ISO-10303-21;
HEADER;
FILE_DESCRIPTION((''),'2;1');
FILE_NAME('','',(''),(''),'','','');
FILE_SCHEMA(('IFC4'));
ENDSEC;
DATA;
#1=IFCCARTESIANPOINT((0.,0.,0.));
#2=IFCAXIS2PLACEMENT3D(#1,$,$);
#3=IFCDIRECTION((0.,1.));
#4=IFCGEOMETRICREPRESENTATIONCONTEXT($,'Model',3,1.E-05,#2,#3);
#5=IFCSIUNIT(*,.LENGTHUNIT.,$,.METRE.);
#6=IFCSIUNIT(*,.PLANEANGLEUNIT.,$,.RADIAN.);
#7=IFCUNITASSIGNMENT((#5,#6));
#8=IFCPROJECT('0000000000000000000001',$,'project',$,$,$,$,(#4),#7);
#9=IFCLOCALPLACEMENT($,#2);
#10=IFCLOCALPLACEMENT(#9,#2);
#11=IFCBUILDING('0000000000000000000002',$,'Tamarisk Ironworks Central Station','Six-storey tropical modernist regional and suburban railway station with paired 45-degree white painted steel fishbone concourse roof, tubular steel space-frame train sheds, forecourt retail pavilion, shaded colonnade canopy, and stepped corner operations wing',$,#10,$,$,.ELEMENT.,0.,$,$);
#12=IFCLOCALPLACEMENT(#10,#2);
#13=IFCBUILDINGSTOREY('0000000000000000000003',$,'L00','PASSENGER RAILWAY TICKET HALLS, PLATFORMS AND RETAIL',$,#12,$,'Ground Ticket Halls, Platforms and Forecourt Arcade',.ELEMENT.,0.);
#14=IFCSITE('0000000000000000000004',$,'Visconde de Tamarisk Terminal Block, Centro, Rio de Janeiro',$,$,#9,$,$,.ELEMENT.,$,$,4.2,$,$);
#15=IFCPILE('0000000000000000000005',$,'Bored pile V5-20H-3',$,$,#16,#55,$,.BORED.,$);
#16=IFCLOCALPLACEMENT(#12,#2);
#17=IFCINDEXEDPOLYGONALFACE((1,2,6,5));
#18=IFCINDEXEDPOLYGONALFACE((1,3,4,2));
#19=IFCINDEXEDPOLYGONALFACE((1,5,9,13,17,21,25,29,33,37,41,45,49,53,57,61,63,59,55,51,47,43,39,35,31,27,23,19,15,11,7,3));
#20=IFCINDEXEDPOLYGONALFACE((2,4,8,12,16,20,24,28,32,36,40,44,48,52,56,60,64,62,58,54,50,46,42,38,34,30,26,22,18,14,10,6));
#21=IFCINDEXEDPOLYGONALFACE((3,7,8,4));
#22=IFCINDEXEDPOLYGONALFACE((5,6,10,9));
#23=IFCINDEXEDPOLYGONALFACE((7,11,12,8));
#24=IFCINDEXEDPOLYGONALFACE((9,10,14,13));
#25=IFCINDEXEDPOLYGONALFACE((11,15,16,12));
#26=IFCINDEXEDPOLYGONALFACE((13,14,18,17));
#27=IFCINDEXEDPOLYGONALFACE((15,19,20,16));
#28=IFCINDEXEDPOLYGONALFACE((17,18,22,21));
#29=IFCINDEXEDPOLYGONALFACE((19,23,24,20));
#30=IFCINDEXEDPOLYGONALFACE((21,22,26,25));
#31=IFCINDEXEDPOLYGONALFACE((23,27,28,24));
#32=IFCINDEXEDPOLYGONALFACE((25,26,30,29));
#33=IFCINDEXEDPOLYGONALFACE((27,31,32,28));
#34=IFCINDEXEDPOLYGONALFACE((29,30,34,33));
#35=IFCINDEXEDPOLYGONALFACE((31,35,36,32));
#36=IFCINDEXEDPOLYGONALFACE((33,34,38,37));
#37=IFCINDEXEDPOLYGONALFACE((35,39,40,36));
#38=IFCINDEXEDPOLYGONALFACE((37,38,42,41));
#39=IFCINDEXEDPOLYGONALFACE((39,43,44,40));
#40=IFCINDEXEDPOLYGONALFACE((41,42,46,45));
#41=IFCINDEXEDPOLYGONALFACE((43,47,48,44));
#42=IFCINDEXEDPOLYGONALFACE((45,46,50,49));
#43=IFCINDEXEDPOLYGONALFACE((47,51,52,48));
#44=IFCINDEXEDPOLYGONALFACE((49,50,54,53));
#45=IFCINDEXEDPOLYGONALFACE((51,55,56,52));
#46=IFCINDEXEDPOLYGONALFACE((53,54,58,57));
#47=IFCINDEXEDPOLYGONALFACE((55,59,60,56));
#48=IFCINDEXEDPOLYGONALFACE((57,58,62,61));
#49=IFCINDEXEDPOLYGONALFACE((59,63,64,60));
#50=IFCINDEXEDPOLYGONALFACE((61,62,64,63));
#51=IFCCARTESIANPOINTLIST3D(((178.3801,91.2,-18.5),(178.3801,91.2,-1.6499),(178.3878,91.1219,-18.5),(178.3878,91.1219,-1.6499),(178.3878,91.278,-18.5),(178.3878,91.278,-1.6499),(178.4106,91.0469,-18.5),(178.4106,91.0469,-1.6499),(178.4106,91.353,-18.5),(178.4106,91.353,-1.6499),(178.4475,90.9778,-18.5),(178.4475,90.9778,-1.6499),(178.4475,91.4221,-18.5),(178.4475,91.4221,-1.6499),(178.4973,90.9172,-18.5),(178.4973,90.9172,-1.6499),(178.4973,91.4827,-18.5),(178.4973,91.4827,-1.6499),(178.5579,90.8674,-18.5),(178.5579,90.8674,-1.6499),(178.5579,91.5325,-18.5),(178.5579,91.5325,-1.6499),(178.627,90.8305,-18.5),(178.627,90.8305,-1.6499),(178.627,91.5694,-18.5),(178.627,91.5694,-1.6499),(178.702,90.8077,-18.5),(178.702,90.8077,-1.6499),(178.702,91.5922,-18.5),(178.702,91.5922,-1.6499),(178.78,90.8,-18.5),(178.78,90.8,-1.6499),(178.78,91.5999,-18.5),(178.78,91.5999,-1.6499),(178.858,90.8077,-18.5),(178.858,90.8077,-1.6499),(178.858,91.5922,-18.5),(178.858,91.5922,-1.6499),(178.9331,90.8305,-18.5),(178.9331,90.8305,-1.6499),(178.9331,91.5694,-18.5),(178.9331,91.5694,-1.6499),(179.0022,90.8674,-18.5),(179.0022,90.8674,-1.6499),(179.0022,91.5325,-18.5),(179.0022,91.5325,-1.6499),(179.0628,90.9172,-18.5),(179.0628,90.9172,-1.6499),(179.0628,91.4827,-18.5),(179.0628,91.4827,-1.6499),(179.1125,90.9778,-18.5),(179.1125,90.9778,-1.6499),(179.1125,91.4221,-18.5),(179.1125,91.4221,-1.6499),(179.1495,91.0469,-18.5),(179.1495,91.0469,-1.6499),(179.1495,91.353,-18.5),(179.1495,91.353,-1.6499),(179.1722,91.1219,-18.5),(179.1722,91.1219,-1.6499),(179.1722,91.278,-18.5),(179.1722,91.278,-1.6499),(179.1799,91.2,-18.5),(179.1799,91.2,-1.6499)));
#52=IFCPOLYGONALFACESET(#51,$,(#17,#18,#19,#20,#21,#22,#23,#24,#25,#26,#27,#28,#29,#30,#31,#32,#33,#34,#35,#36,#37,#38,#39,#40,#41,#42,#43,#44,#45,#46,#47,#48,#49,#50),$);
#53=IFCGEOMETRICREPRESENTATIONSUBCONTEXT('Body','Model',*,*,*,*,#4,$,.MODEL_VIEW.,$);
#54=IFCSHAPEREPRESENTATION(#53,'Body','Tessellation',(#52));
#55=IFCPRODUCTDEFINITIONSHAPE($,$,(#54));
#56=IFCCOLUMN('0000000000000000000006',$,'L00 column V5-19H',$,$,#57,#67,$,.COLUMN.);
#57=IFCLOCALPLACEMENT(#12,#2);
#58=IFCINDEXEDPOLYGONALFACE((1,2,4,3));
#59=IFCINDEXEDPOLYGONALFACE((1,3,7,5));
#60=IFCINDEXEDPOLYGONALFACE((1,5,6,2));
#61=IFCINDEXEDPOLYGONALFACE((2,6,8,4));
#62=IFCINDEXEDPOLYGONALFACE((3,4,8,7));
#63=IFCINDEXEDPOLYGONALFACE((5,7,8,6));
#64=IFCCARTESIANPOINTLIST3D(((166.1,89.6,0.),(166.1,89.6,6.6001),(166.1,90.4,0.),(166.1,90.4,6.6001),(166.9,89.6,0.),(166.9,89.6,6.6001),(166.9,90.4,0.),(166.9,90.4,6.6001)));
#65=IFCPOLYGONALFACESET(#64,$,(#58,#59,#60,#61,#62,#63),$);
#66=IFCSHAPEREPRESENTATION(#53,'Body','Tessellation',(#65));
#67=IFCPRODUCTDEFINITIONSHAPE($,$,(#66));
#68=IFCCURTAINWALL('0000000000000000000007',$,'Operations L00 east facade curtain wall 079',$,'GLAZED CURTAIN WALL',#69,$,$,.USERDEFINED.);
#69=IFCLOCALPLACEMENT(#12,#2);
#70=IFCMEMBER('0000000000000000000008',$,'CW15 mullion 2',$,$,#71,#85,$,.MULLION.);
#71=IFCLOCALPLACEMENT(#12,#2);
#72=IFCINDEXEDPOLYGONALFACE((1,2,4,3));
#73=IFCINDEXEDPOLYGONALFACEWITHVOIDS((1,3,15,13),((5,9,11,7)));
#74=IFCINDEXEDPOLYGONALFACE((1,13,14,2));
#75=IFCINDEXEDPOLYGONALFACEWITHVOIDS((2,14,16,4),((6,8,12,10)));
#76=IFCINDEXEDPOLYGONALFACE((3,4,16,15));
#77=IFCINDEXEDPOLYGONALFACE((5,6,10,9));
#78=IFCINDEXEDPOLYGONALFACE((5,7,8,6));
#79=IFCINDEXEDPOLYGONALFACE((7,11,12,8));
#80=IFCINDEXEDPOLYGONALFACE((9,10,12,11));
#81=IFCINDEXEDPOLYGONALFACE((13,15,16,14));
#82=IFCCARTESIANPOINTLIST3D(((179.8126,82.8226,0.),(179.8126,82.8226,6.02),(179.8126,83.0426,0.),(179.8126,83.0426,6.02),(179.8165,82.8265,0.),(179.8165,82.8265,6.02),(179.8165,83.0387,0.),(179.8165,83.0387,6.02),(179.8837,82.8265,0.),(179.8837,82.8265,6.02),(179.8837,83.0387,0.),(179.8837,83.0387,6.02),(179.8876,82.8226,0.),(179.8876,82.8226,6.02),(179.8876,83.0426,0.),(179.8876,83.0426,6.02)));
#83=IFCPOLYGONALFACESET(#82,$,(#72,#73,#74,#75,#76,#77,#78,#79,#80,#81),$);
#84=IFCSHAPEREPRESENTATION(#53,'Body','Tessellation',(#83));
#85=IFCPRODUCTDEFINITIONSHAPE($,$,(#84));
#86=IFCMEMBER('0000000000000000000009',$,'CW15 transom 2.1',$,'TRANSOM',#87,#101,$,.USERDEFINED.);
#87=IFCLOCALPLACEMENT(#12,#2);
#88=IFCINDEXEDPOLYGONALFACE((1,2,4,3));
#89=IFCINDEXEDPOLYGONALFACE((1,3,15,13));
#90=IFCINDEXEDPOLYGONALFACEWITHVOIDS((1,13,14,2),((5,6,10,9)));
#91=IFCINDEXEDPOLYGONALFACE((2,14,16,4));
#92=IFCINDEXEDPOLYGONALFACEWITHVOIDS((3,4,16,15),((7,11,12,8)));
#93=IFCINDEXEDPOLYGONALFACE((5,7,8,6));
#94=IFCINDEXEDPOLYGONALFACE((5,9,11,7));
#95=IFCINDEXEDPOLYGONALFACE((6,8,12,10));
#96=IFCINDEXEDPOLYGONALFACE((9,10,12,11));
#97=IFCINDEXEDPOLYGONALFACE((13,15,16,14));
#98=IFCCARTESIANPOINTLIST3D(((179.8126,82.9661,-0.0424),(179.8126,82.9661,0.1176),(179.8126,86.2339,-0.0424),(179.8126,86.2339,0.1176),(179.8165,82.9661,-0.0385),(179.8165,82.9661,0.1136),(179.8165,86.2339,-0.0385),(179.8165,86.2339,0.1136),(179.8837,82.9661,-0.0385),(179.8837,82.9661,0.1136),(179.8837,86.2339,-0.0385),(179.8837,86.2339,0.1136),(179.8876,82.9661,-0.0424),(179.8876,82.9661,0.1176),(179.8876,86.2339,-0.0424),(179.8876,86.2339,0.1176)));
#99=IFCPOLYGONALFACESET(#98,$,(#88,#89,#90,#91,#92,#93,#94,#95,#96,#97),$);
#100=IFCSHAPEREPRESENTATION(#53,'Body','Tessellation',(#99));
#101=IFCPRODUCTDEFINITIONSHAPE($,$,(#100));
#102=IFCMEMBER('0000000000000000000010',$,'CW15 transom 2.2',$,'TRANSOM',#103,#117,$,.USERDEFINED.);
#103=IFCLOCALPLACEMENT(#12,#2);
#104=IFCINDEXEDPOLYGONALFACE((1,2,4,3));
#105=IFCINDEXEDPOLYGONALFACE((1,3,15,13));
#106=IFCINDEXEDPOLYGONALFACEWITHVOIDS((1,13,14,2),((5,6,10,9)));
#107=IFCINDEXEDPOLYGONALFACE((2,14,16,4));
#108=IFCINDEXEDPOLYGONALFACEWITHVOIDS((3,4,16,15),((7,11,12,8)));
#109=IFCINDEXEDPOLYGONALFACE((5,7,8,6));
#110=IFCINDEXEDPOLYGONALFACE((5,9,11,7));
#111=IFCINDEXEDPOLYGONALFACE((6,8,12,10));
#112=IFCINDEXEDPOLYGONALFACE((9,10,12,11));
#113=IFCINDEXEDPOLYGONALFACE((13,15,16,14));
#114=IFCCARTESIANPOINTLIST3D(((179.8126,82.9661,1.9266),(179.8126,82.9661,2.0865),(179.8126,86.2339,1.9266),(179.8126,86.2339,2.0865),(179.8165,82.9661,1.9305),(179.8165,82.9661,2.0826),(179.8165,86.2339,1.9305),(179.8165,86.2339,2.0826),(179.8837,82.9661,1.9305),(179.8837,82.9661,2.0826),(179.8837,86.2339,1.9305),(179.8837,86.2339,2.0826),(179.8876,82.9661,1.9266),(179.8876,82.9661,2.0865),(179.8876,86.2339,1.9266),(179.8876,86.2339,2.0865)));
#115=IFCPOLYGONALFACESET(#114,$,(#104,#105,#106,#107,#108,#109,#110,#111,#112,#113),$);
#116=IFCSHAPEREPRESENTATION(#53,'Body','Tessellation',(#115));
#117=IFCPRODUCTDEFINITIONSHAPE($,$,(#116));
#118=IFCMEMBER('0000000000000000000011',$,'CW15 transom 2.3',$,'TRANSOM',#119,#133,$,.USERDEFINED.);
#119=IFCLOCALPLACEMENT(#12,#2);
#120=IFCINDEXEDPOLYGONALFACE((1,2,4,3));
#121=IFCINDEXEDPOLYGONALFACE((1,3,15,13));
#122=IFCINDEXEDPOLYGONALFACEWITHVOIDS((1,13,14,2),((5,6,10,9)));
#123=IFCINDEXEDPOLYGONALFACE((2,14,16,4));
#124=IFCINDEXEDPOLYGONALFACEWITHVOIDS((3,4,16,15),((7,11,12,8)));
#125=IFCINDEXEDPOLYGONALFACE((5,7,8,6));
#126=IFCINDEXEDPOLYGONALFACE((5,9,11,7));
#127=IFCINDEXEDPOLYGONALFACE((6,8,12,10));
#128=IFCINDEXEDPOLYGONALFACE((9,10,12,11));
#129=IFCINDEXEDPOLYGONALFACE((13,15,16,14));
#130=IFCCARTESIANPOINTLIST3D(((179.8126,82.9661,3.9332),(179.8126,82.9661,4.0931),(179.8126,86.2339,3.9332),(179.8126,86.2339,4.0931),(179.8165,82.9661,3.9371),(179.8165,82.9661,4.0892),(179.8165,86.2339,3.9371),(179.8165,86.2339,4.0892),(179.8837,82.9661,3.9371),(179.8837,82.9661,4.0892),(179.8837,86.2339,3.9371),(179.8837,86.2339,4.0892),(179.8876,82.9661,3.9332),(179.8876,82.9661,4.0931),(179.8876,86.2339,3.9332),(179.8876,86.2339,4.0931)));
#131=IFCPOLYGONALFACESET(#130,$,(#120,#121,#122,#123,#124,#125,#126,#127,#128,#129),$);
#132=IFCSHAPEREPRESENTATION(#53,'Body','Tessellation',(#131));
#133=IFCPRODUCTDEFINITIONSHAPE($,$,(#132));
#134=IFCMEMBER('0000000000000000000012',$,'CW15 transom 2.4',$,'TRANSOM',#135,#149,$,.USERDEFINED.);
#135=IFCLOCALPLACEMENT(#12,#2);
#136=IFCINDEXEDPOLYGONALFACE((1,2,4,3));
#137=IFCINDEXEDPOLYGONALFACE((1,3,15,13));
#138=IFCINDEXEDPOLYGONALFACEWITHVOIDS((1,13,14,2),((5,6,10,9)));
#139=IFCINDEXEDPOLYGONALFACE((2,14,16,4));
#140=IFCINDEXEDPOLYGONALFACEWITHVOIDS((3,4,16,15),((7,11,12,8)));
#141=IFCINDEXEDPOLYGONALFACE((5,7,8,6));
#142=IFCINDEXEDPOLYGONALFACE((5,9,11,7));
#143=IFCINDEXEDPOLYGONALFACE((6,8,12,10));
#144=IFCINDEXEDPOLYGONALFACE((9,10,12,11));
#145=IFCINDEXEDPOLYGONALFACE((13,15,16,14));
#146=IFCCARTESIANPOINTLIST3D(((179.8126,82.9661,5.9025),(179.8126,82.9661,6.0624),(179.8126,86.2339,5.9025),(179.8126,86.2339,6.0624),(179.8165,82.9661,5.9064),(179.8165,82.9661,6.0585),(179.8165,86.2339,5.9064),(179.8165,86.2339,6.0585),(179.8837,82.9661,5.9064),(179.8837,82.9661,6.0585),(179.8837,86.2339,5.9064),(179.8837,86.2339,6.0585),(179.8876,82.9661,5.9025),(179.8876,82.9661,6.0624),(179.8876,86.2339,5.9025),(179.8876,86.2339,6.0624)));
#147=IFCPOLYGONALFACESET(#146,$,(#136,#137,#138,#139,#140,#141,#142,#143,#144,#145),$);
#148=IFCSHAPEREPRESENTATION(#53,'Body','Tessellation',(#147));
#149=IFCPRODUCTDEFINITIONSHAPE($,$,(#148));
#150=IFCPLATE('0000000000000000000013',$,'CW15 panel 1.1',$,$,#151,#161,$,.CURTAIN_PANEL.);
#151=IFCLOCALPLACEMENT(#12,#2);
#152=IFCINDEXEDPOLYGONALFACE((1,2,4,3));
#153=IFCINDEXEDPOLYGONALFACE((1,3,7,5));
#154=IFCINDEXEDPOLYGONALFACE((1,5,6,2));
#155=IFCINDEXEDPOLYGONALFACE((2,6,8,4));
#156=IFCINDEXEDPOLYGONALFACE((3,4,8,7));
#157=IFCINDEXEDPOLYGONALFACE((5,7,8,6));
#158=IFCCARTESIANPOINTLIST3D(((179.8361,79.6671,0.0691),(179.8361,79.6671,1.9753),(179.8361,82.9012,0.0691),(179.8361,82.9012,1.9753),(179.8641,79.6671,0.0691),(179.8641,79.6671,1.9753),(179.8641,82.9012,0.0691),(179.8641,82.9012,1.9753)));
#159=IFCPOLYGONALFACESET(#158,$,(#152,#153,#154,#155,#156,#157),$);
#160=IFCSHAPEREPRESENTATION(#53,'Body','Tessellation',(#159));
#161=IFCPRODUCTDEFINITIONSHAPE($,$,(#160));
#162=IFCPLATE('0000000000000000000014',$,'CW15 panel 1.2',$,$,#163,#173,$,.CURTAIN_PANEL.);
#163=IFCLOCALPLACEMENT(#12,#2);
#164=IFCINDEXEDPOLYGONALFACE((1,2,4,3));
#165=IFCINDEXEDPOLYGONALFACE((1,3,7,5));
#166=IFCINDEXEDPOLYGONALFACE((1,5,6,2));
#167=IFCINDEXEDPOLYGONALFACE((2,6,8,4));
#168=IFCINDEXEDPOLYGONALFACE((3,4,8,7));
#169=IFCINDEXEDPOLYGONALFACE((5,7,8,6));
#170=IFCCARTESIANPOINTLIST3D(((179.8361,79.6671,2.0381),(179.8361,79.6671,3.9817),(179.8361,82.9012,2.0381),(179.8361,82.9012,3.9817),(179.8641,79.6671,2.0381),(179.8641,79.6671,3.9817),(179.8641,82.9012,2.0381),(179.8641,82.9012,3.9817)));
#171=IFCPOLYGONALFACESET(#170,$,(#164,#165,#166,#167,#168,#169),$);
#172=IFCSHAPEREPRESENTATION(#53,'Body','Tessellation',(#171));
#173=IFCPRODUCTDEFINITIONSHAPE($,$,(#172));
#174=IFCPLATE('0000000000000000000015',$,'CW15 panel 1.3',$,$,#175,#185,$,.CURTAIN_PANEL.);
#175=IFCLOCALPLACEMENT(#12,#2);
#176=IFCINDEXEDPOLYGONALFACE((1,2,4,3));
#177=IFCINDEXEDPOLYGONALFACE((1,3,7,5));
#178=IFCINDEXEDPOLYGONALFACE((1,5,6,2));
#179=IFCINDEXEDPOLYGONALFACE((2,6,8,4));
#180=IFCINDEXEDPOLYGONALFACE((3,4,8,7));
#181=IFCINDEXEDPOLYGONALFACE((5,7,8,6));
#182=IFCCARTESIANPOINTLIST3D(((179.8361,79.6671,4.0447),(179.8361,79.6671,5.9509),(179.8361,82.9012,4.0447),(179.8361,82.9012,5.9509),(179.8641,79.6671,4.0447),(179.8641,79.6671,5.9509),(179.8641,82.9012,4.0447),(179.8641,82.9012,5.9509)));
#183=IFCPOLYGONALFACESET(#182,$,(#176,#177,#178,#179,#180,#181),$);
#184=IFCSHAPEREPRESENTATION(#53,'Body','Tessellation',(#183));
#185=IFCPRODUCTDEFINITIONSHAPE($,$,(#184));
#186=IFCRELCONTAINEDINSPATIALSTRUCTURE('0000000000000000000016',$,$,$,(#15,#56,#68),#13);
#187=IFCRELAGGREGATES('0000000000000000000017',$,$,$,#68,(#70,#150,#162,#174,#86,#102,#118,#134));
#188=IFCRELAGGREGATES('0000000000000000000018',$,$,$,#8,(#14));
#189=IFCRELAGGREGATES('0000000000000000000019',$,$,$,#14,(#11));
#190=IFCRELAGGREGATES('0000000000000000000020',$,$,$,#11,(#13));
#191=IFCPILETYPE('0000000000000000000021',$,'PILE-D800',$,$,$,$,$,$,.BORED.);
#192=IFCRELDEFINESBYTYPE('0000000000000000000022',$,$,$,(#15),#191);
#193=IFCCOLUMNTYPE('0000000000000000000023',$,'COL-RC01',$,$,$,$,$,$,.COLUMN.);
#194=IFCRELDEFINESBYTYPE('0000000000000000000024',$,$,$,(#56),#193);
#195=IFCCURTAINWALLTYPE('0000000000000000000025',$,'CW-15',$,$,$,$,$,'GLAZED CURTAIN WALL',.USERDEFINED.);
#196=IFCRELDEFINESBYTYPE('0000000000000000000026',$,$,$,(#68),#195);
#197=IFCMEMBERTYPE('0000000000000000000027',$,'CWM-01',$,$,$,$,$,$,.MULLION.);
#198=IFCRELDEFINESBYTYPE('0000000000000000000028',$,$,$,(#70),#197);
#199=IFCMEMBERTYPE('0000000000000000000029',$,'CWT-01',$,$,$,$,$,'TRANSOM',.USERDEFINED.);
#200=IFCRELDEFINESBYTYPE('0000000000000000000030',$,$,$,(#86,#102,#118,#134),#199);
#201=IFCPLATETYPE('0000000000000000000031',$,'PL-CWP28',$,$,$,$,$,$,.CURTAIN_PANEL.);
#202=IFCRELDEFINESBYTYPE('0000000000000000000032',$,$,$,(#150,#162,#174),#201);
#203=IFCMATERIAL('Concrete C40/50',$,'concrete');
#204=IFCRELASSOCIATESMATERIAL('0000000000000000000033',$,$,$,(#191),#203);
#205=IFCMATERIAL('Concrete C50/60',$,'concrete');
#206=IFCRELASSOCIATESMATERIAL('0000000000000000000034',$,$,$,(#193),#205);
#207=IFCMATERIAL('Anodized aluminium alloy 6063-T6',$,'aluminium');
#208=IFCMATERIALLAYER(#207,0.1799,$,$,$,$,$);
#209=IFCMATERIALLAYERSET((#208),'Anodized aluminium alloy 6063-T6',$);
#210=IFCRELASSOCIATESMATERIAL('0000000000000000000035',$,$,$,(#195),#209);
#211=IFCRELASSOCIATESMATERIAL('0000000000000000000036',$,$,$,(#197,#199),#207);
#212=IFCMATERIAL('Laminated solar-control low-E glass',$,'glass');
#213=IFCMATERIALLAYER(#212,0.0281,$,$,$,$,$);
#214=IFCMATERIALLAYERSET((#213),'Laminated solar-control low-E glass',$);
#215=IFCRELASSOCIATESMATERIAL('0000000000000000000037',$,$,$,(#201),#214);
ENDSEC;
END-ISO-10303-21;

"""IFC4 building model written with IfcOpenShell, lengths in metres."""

from ifc_helpers import new_model, si_unit, direction, frame, origin, origin_2d, place, context, subcontext, project, spatial, rectangle, hollow_rectangle, circle, extrude, material, layer, layer_set, material_profile, profile_set, type_object, element, aggregate, save


model = new_model("IFC4")

# Units and contexts
model_context = context("Model", 3, precision=1e-05, world=origin(), true_north=direction((0.0, 1.0)))
body_context = subcontext(model_context, "Body", "Model", "MODEL_VIEW")
ifc_project = project(units=[si_unit("LENGTHUNIT", "METRE"), si_unit("PLANEANGLEUNIT", "RADIAN")], contexts=[model_context])

# Site, building, storey
site_placement = place(None, origin())
site = spatial("IfcSite", under=ifc_project, at=site_placement, Name="Visconde de Tamarisk Terminal Block, Centro, Rio de Janeiro", CompositionType="ELEMENT", RefElevation=4.2)
building_placement = place(site_placement, origin())
building = spatial("IfcBuilding", under=site, at=building_placement, Name="Tamarisk Ironworks Central Station", Description="Six-storey tropical modernist regional and suburban railway station with paired 45-degree white painted steel fishbone concourse roof, tubular steel space-frame train sheds, forecourt retail pavilion, shaded colonnade canopy, and stepped corner operations wing", CompositionType="ELEMENT", ElevationOfRefHeight=0.0)
storey_placement = place(building_placement, origin())
storey = spatial("IfcBuildingStorey", under=building, at=storey_placement, Name="L00", Description="PASSENGER RAILWAY TICKET HALLS, PLATFORMS AND RETAIL", LongName="Ground Ticket Halls, Platforms and Forecourt Arcade", CompositionType="ELEMENT", Elevation=0.0)

# Shared definitions
ifc_material_1 = material(Name="Concrete C40/50", Category="concrete")

# Pile
ifc_material_profile_1 = material_profile(ifc_material_1, circle(Radius=0.3999, at=origin_2d()), Name="BORED PILE D800")
ifc_profile_set_1 = profile_set([ifc_material_profile_1], Name="Concrete C40/50")
pile_type = type_object("IfcPileType", Name="PILE-D800", PredefinedType="BORED", material=ifc_profile_set_1)
for number, where, z_axis, x_axis, name in (
    (1, (178.78, 91.2, -1.6499), (0.0, 0.0, -1.0), (1.0, 0.0, 0.0), "Bored pile V5-20H-3"),
):
    element("IfcPile", number, at=place(storey_placement, frame(where, z_axis=z_axis, x_axis=x_axis)), inside=storey, type_object=pile_type, Name=name, PredefinedType="BORED", context=body_context, shape_type="SweptSolid", body=[
        extrude(circle(Radius=0.3999, at=origin_2d()), origin(), (0.0, 0.0, 1.0), 16.8501),
    ])

# Column
ifc_material_2 = material(Name="Concrete C50/60", Category="concrete")
ifc_material_profile_2 = material_profile(ifc_material_2, rectangle(XDim=0.8, YDim=0.8, at=origin_2d()), Name="RC 800x800")
ifc_profile_set_2 = profile_set([ifc_material_profile_2], Name="Concrete C50/60")
column_type = type_object("IfcColumnType", Name="COL-RC01", PredefinedType="COLUMN", material=ifc_profile_set_2)
column_placement = place(storey_placement, frame((166.5, 90.0, 0.0), z_axis=(0.0, 0.0, 1.0), x_axis=(1.0, 0.0, 0.0)))
element("IfcColumn", 2, at=column_placement, inside=storey, type_object=column_type, Name="L00 column V5-19H", PredefinedType="COLUMN", context=body_context, shape_type="SweptSolid", body=[
    extrude(rectangle(XDim=0.8, YDim=0.8, at=origin_2d()), origin(), (0.0, 0.0, 1.0), 6.6001),
])

# Curtain wall, members, plates
ifc_material_3 = material(Name="Anodized aluminium alloy 6063-T6", Category="aluminium")
ifc_layer_1 = layer(ifc_material_3, 0.1799)
ifc_layer_set_1 = layer_set([ifc_layer_1], Name="Anodized aluminium alloy 6063-T6")
curtain_wall_type = type_object("IfcCurtainWallType", Name="CW-15", ElementType="GLAZED CURTAIN WALL", PredefinedType="USERDEFINED", material=ifc_layer_set_1)
curtain_wall_placement = place(storey_placement, origin())
curtain_wall = element("IfcCurtainWall", 3, at=curtain_wall_placement, inside=storey, type_object=curtain_wall_type, Name="Operations L00 east facade curtain wall 079", ObjectType="GLAZED CURTAIN WALL", PredefinedType="USERDEFINED")
ifc_material_profile_3 = material_profile(ifc_material_3, hollow_rectangle(XDim=0.075, YDim=0.22, WallThickness=0.0039, at=origin_2d()), Name="ALUM 220x75")
ifc_profile_set_3 = profile_set([ifc_material_profile_3], Name="Anodized aluminium alloy 6063-T6")
member_type_1 = type_object("IfcMemberType", Name="CWM-01", PredefinedType="MULLION", material=ifc_profile_set_3)
member_1_placement = place(storey_placement, frame((179.8501, 82.9326, 0.0), z_axis=(0.0, 0.0, 1.0), x_axis=(-1.0, 0.0, 0.0)))
member_1 = element("IfcMember", 4, at=member_1_placement, type_object=member_type_1, Name="CW15 mullion 2", PredefinedType="MULLION", context=body_context, shape_type="SweptSolid", body=[
    extrude(hollow_rectangle(XDim=0.075, YDim=0.22, WallThickness=0.0039, at=origin_2d()), origin(), (0.0, 0.0, 1.0), 6.02),
])
ifc_material_profile_4 = material_profile(ifc_material_3, hollow_rectangle(XDim=0.075, YDim=0.1599, WallThickness=0.0039, at=origin_2d()), Name="ALUM 160x75")
ifc_profile_set_4 = profile_set([ifc_material_profile_4], Name="Anodized aluminium alloy 6063-T6")
member_type_2 = type_object("IfcMemberType", Name="CWT-01", ElementType="TRANSOM", PredefinedType="USERDEFINED", material=ifc_profile_set_4)
member_2_placement = place(storey_placement, frame((179.8501, 82.9661, 0.0376), z_axis=(0.0, 1.0, 0.0), x_axis=(-1.0, 0.0, 0.0)))
member_2 = element("IfcMember", 5, at=member_2_placement, type_object=member_type_2, Name="CW15 transom 2.1", ObjectType="TRANSOM", PredefinedType="USERDEFINED", context=body_context, shape_type="SweptSolid", body=[
    extrude(hollow_rectangle(XDim=0.075, YDim=0.1599, WallThickness=0.0039, at=origin_2d()), origin(), (0.0, 0.0, 1.0), 3.2678),
])
member_3_placement = place(storey_placement, frame((179.8501, 82.9661, 2.0066), z_axis=(0.0, 1.0, 0.0), x_axis=(-1.0, 0.0, 0.0)))
member_3 = element("IfcMember", 6, at=member_3_placement, type_object=member_type_2, Name="CW15 transom 2.2", ObjectType="TRANSOM", PredefinedType="USERDEFINED", context=body_context, shape_type="SweptSolid", body=[
    extrude(hollow_rectangle(XDim=0.075, YDim=0.1599, WallThickness=0.0039, at=origin_2d()), origin(), (0.0, 0.0, 1.0), 3.2678),
])
member_4_placement = place(storey_placement, frame((179.8501, 82.9661, 4.0132), z_axis=(0.0, 1.0, 0.0), x_axis=(-1.0, 0.0, 0.0)))
member_4 = element("IfcMember", 7, at=member_4_placement, type_object=member_type_2, Name="CW15 transom 2.3", ObjectType="TRANSOM", PredefinedType="USERDEFINED", context=body_context, shape_type="SweptSolid", body=[
    extrude(hollow_rectangle(XDim=0.075, YDim=0.1599, WallThickness=0.0039, at=origin_2d()), origin(), (0.0, 0.0, 1.0), 3.2678),
])
member_5_placement = place(storey_placement, frame((179.8501, 82.9661, 5.9824), z_axis=(0.0, 1.0, 0.0), x_axis=(-1.0, 0.0, 0.0)))
member_5 = element("IfcMember", 8, at=member_5_placement, type_object=member_type_2, Name="CW15 transom 2.4", ObjectType="TRANSOM", PredefinedType="USERDEFINED", context=body_context, shape_type="SweptSolid", body=[
    extrude(hollow_rectangle(XDim=0.075, YDim=0.1599, WallThickness=0.0039, at=origin_2d()), origin(), (0.0, 0.0, 1.0), 3.2678),
])
ifc_material_4 = material(Name="Laminated solar-control low-E glass", Category="glass")
ifc_layer_2 = layer(ifc_material_4, 0.0281)
ifc_layer_set_2 = layer_set([ifc_layer_2], Name="Laminated solar-control low-E glass")
plate_type = type_object("IfcPlateType", Name="PL-CWP28", PredefinedType="CURTAIN_PANEL", material=ifc_layer_set_2)
plate_1_placement = place(storey_placement, frame((179.8501, 81.2842, 0.0691), z_axis=(0.0, 0.0, 1.0), x_axis=(0.0, 1.0, 0.0)))
plate_1 = element("IfcPlate", 9, at=plate_1_placement, type_object=plate_type, Name="CW15 panel 1.1", PredefinedType="CURTAIN_PANEL", context=body_context, shape_type="SweptSolid", body=[
    extrude(rectangle(XDim=3.2341, YDim=0.0281, at=origin_2d()), origin(), (0.0, 0.0, 1.0), 1.9062),
])
plate_2_placement = place(storey_placement, frame((179.8501, 81.2842, 2.0381), z_axis=(0.0, 0.0, 1.0), x_axis=(0.0, 1.0, 0.0)))
plate_2 = element("IfcPlate", 10, at=plate_2_placement, type_object=plate_type, Name="CW15 panel 1.2", PredefinedType="CURTAIN_PANEL", context=body_context, shape_type="SweptSolid", body=[
    extrude(rectangle(XDim=3.2341, YDim=0.0281, at=origin_2d()), origin(), (0.0, 0.0, 1.0), 1.9436),
])
plate_3_placement = place(storey_placement, frame((179.8501, 81.2842, 4.0447), z_axis=(0.0, 0.0, 1.0), x_axis=(0.0, 1.0, 0.0)))
plate_3 = element("IfcPlate", 11, at=plate_3_placement, type_object=plate_type, Name="CW15 panel 1.3", PredefinedType="CURTAIN_PANEL", context=body_context, shape_type="SweptSolid", body=[
    extrude(rectangle(XDim=3.2341, YDim=0.0281, at=origin_2d()), origin(), (0.0, 0.0, 1.0), 1.9062),
])
aggregate(curtain_wall, [member_1, plate_1, plate_2, plate_3, member_2, member_3, member_4, member_5])

save(model, "model.ifc")
